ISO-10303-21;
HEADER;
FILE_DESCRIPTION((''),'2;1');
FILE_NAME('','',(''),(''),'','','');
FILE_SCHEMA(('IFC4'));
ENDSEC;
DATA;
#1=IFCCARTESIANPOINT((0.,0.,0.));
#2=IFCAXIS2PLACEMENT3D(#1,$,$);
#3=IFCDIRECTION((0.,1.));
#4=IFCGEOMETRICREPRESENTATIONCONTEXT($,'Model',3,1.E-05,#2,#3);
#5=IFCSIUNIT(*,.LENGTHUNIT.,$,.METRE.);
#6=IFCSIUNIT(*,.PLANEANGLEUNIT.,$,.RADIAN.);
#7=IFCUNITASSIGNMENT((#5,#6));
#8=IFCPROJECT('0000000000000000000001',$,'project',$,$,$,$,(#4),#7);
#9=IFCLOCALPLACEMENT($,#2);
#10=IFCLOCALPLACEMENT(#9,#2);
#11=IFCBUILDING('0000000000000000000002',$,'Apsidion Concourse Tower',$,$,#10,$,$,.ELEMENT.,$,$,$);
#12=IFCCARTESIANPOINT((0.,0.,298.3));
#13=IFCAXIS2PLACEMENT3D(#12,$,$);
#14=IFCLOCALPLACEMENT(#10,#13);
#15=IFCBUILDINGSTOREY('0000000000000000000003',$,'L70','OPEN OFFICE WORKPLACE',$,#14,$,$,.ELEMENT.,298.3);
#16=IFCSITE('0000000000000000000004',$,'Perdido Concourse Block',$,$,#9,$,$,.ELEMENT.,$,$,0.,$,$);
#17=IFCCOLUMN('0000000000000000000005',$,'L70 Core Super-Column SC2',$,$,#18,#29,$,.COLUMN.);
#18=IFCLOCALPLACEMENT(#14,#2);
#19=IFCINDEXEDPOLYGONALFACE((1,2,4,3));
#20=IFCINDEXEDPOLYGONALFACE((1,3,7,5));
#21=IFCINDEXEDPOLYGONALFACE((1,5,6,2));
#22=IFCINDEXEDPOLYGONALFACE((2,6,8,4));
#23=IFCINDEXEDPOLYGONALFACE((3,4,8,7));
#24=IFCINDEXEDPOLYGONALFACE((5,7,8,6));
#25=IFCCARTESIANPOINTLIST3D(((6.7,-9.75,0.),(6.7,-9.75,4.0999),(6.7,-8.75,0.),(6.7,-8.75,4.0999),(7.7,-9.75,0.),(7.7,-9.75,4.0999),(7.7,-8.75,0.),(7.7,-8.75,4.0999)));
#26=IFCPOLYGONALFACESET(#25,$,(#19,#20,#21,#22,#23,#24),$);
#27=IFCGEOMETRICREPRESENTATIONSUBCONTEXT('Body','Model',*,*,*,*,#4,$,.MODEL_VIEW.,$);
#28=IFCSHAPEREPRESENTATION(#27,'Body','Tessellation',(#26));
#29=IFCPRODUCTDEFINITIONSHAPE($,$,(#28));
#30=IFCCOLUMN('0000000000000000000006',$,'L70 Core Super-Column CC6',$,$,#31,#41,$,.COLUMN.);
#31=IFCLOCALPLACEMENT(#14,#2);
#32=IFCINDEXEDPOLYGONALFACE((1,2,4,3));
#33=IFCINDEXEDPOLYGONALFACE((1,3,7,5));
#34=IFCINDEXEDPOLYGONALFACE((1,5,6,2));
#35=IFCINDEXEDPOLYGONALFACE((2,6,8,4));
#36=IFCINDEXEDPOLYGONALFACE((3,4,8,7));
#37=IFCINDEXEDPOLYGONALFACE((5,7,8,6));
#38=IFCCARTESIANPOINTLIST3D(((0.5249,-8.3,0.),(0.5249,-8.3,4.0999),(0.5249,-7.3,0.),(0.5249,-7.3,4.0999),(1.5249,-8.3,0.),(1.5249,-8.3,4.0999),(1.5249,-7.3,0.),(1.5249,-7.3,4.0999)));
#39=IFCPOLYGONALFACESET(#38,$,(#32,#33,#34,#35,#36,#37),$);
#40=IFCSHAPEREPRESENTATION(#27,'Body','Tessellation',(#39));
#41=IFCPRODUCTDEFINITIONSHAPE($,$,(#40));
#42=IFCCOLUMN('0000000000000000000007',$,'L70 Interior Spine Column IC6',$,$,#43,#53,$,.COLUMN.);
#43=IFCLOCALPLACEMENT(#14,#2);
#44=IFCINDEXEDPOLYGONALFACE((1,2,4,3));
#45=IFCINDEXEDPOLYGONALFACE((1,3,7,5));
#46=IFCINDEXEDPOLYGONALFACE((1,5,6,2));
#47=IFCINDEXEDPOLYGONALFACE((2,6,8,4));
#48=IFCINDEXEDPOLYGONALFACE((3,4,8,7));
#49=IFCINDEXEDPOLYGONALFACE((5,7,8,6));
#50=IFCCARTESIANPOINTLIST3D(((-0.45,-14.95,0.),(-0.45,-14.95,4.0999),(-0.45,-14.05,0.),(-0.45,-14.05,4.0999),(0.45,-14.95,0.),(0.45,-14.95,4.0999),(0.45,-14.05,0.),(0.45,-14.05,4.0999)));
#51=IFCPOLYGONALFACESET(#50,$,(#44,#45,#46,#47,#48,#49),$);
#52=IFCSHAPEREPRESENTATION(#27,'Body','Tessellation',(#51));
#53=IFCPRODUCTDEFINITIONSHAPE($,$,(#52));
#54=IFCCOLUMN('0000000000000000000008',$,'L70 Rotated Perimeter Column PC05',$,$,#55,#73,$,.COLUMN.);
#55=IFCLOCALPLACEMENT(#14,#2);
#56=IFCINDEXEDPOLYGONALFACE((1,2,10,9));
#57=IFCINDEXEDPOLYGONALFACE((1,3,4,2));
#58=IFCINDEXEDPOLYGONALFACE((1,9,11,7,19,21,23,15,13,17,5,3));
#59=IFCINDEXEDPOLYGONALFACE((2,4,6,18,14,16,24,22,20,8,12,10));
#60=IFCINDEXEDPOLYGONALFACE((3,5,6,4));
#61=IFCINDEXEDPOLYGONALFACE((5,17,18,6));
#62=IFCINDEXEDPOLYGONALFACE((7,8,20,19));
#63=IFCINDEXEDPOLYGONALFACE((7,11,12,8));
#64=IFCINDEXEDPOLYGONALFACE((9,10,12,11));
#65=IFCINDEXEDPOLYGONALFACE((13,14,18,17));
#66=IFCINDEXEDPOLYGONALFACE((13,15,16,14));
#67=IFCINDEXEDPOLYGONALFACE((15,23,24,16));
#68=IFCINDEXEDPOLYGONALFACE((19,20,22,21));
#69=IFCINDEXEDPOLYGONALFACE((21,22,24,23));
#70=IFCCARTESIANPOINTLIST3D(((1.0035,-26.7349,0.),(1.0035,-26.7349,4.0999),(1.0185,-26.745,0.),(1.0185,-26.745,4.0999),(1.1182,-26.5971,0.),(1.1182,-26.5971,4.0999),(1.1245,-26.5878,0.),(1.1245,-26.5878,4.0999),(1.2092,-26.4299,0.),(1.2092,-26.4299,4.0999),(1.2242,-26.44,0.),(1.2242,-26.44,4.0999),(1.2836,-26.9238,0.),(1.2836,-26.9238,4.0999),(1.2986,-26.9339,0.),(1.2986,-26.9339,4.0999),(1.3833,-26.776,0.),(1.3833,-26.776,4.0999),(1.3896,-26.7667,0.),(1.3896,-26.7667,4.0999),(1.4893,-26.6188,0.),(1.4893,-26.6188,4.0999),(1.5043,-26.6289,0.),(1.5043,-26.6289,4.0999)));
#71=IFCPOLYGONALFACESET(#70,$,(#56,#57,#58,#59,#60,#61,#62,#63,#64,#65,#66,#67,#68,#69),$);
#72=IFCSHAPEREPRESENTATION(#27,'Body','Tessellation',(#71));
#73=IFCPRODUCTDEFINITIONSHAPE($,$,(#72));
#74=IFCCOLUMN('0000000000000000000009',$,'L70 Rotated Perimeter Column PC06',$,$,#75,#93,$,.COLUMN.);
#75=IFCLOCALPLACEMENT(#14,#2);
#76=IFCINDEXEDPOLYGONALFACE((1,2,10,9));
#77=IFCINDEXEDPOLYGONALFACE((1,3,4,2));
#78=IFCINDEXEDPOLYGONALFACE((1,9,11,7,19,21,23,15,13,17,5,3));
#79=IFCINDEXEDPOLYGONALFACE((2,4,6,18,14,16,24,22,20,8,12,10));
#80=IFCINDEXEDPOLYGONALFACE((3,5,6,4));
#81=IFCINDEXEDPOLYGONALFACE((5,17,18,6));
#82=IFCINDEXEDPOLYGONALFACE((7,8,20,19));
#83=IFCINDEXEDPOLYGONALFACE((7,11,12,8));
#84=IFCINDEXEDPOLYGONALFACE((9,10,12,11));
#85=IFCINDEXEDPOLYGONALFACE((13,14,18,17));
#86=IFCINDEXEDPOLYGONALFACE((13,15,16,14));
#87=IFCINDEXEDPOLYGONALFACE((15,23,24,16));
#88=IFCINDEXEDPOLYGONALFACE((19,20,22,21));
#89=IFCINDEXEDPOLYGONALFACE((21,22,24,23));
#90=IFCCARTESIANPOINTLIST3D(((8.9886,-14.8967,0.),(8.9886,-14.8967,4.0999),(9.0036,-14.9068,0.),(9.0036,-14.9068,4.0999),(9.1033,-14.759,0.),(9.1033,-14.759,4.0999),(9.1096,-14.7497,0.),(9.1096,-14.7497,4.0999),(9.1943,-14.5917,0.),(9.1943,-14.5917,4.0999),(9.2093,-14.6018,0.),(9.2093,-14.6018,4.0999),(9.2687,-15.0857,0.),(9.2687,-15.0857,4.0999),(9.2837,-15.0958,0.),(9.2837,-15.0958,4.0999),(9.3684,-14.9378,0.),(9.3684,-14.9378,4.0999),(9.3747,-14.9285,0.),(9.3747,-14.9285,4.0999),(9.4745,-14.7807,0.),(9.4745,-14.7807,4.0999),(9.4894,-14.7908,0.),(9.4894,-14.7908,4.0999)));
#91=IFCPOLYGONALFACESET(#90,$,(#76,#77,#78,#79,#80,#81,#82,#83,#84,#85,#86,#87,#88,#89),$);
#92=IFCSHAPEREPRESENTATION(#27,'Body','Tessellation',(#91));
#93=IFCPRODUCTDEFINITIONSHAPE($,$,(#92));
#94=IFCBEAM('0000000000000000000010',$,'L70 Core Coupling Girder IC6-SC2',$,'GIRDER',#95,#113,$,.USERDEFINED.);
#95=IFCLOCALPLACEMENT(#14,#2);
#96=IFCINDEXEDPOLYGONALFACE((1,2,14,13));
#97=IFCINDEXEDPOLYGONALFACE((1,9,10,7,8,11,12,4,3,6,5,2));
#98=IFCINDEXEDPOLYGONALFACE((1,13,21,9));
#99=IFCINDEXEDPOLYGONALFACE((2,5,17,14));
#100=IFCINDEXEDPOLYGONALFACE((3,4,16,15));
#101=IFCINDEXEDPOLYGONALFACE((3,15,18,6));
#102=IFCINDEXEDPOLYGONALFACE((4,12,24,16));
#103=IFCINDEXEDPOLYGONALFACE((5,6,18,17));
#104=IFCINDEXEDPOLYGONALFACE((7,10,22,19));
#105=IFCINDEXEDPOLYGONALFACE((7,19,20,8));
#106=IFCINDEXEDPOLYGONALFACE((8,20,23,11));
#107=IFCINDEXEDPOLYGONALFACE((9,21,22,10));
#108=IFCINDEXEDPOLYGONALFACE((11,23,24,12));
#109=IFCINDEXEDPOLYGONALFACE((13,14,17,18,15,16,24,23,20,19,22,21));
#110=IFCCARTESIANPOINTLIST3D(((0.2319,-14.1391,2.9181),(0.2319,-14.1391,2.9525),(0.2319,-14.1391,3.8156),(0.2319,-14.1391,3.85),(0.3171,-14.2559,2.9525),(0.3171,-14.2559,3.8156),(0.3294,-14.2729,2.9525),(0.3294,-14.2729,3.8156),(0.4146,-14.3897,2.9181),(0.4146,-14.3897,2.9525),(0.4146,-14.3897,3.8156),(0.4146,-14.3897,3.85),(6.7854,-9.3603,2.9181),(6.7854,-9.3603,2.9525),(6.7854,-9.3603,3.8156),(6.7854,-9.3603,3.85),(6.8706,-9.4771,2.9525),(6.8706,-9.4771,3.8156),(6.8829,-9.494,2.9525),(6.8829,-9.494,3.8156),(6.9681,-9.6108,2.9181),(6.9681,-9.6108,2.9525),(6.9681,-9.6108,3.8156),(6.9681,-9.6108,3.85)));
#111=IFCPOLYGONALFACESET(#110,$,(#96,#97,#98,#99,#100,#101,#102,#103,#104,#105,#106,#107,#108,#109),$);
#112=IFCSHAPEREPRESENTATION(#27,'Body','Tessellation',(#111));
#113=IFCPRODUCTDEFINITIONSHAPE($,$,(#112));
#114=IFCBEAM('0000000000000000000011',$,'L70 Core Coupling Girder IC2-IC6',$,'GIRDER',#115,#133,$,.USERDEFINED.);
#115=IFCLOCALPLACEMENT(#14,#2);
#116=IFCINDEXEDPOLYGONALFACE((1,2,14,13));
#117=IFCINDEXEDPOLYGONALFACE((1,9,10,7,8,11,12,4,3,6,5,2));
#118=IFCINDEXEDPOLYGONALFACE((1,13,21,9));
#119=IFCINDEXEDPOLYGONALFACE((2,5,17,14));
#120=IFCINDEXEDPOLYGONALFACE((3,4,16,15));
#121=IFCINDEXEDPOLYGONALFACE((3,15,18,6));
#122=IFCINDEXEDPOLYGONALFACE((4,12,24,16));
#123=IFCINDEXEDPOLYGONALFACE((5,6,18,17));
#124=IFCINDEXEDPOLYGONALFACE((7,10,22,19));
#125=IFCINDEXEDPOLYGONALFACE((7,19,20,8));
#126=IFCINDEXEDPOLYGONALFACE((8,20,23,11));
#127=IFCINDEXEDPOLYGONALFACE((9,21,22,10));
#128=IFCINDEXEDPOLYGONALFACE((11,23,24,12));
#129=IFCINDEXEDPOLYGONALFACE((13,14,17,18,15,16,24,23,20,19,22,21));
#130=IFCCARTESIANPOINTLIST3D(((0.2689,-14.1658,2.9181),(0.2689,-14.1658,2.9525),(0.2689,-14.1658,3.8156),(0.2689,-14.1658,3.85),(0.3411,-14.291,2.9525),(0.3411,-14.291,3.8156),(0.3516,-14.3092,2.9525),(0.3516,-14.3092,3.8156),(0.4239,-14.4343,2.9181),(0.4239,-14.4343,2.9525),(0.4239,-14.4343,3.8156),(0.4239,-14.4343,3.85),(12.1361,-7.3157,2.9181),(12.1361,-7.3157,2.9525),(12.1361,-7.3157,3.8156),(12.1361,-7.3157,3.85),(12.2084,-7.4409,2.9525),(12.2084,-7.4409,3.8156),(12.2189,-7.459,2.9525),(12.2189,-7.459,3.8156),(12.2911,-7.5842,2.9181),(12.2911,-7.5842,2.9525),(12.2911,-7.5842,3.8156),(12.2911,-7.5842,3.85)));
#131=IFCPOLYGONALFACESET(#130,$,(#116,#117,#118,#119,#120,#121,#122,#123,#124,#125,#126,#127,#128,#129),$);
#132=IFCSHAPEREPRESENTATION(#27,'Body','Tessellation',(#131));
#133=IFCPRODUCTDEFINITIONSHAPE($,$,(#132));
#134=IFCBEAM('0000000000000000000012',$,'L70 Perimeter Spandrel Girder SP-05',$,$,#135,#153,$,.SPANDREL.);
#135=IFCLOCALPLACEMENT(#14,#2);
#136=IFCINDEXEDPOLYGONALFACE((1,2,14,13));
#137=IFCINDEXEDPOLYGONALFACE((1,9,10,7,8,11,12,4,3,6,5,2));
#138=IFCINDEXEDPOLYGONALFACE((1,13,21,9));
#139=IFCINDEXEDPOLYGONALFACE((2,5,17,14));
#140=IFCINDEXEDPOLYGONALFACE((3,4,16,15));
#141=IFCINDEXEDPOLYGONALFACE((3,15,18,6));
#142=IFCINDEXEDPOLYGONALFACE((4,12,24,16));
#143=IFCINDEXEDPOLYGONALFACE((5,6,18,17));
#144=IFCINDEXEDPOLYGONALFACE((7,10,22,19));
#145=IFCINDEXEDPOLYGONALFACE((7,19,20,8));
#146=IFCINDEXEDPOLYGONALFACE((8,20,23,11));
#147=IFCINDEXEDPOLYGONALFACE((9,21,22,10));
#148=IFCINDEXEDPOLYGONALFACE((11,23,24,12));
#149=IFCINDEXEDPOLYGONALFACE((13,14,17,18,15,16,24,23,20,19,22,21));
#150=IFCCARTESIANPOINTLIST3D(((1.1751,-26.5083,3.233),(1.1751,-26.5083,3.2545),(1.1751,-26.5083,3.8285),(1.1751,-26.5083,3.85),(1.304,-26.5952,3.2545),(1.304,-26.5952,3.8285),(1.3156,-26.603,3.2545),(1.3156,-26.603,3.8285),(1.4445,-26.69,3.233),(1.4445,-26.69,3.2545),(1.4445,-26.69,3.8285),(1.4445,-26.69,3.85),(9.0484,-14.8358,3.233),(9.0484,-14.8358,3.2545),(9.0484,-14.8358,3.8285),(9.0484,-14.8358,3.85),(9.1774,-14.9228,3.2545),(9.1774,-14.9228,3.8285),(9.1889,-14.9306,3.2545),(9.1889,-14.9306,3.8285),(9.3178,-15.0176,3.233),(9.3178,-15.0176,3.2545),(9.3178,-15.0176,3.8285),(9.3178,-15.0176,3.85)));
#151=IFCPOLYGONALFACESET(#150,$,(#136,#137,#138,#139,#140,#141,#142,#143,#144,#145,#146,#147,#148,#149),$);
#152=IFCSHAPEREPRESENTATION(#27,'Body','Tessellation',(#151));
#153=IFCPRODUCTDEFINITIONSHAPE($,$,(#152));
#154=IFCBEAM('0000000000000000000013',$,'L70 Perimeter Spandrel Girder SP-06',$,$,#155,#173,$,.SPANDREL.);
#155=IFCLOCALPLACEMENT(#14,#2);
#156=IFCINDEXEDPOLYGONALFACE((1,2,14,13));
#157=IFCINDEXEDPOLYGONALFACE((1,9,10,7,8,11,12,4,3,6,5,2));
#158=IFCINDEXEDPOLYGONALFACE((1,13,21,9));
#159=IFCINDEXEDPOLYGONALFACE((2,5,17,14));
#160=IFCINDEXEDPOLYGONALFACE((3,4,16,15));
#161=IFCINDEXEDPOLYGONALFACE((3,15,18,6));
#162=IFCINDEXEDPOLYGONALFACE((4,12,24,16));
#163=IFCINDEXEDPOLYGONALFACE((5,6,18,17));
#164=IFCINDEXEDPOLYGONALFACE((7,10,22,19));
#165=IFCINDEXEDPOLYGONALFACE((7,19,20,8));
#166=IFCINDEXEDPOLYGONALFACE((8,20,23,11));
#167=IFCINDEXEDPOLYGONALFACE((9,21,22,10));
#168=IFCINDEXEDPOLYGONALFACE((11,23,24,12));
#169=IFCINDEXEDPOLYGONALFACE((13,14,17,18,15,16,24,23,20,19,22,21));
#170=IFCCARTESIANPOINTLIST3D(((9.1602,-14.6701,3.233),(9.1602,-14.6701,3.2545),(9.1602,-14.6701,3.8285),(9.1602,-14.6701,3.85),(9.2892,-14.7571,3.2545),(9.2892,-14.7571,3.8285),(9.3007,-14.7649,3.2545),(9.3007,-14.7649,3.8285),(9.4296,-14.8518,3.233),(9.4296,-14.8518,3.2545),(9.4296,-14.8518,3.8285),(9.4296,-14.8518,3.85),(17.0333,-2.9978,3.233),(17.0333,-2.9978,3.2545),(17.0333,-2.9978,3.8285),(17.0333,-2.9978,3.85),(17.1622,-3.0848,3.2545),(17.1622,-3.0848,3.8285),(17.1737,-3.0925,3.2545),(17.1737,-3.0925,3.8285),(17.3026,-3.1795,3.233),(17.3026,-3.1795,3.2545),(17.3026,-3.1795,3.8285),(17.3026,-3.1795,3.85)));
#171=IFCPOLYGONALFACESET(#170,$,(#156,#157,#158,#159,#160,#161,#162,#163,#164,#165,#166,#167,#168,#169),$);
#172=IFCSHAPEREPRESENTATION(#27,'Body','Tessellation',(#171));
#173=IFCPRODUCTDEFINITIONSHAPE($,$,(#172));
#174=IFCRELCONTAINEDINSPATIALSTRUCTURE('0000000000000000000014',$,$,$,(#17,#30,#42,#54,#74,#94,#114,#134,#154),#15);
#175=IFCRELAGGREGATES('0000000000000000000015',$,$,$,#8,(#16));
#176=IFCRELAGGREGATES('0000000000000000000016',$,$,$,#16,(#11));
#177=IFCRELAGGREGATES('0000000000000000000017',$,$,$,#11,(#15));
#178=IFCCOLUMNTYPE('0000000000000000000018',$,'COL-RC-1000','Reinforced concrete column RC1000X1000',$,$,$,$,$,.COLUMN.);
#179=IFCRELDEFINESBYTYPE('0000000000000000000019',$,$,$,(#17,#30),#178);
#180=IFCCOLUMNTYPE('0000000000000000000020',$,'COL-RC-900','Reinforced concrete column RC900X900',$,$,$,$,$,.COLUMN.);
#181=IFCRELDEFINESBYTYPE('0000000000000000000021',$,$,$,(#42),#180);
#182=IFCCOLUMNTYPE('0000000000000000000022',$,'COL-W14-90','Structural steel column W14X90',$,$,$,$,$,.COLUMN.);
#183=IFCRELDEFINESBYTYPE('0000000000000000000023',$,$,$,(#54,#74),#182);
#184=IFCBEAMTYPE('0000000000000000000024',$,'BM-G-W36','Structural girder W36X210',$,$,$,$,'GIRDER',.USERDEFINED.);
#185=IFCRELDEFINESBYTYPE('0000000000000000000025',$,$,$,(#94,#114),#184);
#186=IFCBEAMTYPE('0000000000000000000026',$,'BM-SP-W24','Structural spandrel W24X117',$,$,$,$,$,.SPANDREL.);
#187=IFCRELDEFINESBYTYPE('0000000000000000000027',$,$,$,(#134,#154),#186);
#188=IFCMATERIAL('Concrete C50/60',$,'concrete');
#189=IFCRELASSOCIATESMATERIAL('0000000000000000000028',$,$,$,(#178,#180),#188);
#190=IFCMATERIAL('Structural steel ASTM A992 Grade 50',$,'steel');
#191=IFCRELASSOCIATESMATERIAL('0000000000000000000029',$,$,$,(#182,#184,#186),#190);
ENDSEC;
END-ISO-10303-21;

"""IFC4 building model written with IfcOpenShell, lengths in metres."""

from ifc_helpers import new_model, si_unit, direction, frame, origin, origin_2d, place, context, subcontext, project, spatial, rectangle, i_section, extrude, material, material_profile, profile_set, type_object, element, save


model = new_model("IFC4")

# Units and contexts
model_context = context("Model", 3, precision=1e-05, world=origin(), true_north=direction((0.0, 1.0)))
body_context = subcontext(model_context, "Body", "Model", "MODEL_VIEW")
ifc_project = project(units=[si_unit("LENGTHUNIT", "METRE"), si_unit("PLANEANGLEUNIT", "RADIAN")], contexts=[model_context])

# Site, building, storey
site_placement = place(None, origin())
site = spatial("IfcSite", under=ifc_project, at=site_placement, Name="Perdido Concourse Block", CompositionType="ELEMENT", RefElevation=0.0)
building_placement = place(site_placement, origin())
building = spatial("IfcBuilding", under=site, at=building_placement, Name="Apsidion Concourse Tower", CompositionType="ELEMENT")
storey_placement = place(building_placement, frame((0.0, 0.0, 298.3)))
storey = spatial("IfcBuildingStorey", under=building, at=storey_placement, Name="L70", Description="OPEN OFFICE WORKPLACE", CompositionType="ELEMENT", Elevation=298.3)

# Columns
ifc_material_1 = material(Name="Concrete C50/60", Category="concrete")
ifc_material_profile_1 = material_profile(ifc_material_1, rectangle(XDim=1.0, YDim=1.0, at=origin_2d()), Name="RC 1000x1000")
ifc_profile_set_1 = profile_set([ifc_material_profile_1], Name="Concrete C50/60")
column_type_1 = type_object("IfcColumnType", Name="COL-RC-1000", Description="Reinforced concrete column RC1000X1000", PredefinedType="COLUMN", material=ifc_profile_set_1)
for number, where, z_axis, x_axis, name in (
    (1, (7.2, -9.25, 0.0), (0.0, 0.0, 1.0), (1.0, 0.0, 0.0), "L70 Core Super-Column SC2"),
    (2, (1.0249, -7.8, 0.0), (0.0, 0.0, 1.0), (1.0, 0.0, 0.0), "L70 Core Super-Column CC6"),
):
    element("IfcColumn", number, at=place(storey_placement, frame(where, z_axis=z_axis, x_axis=x_axis)), inside=storey, type_object=column_type_1, Name=name, PredefinedType="COLUMN", context=body_context, shape_type="SweptSolid", body=[
        extrude(rectangle(XDim=1.0, YDim=1.0, at=origin_2d()), origin(), (0.0, 0.0, 1.0), 4.0999),
    ])
ifc_material_profile_2 = material_profile(ifc_material_1, rectangle(XDim=0.8999, YDim=0.8999, at=origin_2d()), Name="RC 900x900")
ifc_profile_set_2 = profile_set([ifc_material_profile_2], Name="Concrete C50/60")
column_type_2 = type_object("IfcColumnType", Name="COL-RC-900", Description="Reinforced concrete column RC900X900", PredefinedType="COLUMN", material=ifc_profile_set_2)
column_placement = place(storey_placement, frame((0.0, -14.5, 0.0), z_axis=(0.0, 0.0, 1.0), x_axis=(1.0, 0.0, 0.0)))
element("IfcColumn", 3, at=column_placement, inside=storey, type_object=column_type_2, Name="L70 Interior Spine Column IC6", PredefinedType="COLUMN", context=body_context, shape_type="SweptSolid", body=[
    extrude(rectangle(XDim=0.8999, YDim=0.8999, at=origin_2d()), origin(), (0.0, 0.0, 1.0), 4.0999),
])
ifc_material_2 = material(Name="Structural steel ASTM A992 Grade 50", Category="steel")
ifc_material_profile_3 = material_profile(ifc_material_2, i_section(OverallWidth=0.3679, OverallDepth=0.356, WebThickness=0.0112, FlangeThickness=0.0181, at=origin_2d()), Name="W14X90")
ifc_profile_set_3 = profile_set([ifc_material_profile_3], Name="Structural steel ASTM A992 Grade 50")
column_type_3 = type_object("IfcColumnType", Name="COL-W14-90", Description="Structural steel column W14X90", PredefinedType="COLUMN", material=ifc_profile_set_3)
for number, where, z_axis, x_axis, name in (
    (4, (1.2539, -26.6819, 0.0), (0.0, 0.0, 1.0), (0.559193, 0.829038, 0.0), "L70 Rotated Perimeter Column PC05"),
    (5, (9.239, -14.8438, 0.0), (0.0, 0.0, 1.0), (0.559193, 0.829038, 0.0), "L70 Rotated Perimeter Column PC06"),
):
    element("IfcColumn", number, at=place(storey_placement, frame(where, z_axis=z_axis, x_axis=x_axis)), inside=storey, type_object=column_type_3, Name=name, PredefinedType="COLUMN", context=body_context, shape_type="SweptSolid", body=[
        extrude(i_section(OverallWidth=0.3679, OverallDepth=0.356, WebThickness=0.0112, FlangeThickness=0.0181, at=origin_2d()), origin(), (0.0, 0.0, 1.0), 4.0999),
    ])

# Beams
ifc_material_profile_4 = material_profile(ifc_material_2, i_section(OverallWidth=0.3101, OverallDepth=0.9319, WebThickness=0.021, FlangeThickness=0.0344, at=origin_2d()), Name="W36X210")
ifc_profile_set_4 = profile_set([ifc_material_profile_4], Name="Structural steel ASTM A992 Grade 50")
beam_type_1 = type_object("IfcBeamType", Name="BM-G-W36", Description="Structural girder W36X210", ElementType="GIRDER", PredefinedType="USERDEFINED", material=ifc_profile_set_4)
beam_1_placement = place(storey_placement, frame((0.3232, -14.2644, 3.384), z_axis=(0.807993, 0.589191, 0.0), x_axis=(-0.589191, 0.807993, 0.0)))
element("IfcBeam", 6, at=beam_1_placement, inside=storey, type_object=beam_type_1, Name="L70 Core Coupling Girder IC6-SC2", ObjectType="GIRDER", PredefinedType="USERDEFINED", context=body_context, shape_type="SweptSolid", body=[
    extrude(i_section(OverallWidth=0.3101, OverallDepth=0.9319, WebThickness=0.021, FlangeThickness=0.0344, at=origin_2d()), origin(), (0.0, 0.0, 1.0), 8.1108),
])
beam_2_placement = place(storey_placement, frame((12.2136, -7.45, 3.384), z_axis=(-0.86607, -0.499922, 0.0), x_axis=(0.499922, -0.86607, 0.0)))
element("IfcBeam", 7, at=beam_2_placement, inside=storey, type_object=beam_type_1, Name="L70 Core Coupling Girder IC2-IC6", ObjectType="GIRDER", PredefinedType="USERDEFINED", context=body_context, shape_type="SweptSolid", body=[
    extrude(i_section(OverallWidth=0.3101, OverallDepth=0.9319, WebThickness=0.021, FlangeThickness=0.0344, at=origin_2d()), origin(), (0.0, 0.0, 1.0), 13.7024),
])
ifc_material_profile_5 = material_profile(ifc_material_2, i_section(OverallWidth=0.325, OverallDepth=0.6169, WebThickness=0.0139, FlangeThickness=0.0215, at=origin_2d()), Name="W24X117")
ifc_profile_set_5 = profile_set([ifc_material_profile_5], Name="Structural steel ASTM A992 Grade 50")
beam_type_2 = type_object("IfcBeamType", Name="BM-SP-W24", Description="Structural spandrel W24X117", PredefinedType="SPANDREL", material=ifc_profile_set_5)
beam_3_placement = place(storey_placement, frame((1.3098, -26.5991, 3.5415), z_axis=(0.559202, 0.829032, 0.0), x_axis=(-0.829032, 0.559202, 0.0)))
element("IfcBeam", 8, at=beam_3_placement, inside=storey, type_object=beam_type_2, Name="L70 Perimeter Spandrel Girder SP-05", PredefinedType="SPANDREL", context=body_context, shape_type="SweptSolid", body=[
    extrude(i_section(OverallWidth=0.325, OverallDepth=0.6169, WebThickness=0.0139, FlangeThickness=0.0215, at=origin_2d()), origin(), (0.0, 0.0, 1.0), 14.0796),
])
beam_4_placement = place(storey_placement, frame((9.2949, -14.761, 3.5415), z_axis=(0.55919, 0.82904, 0.0), x_axis=(-0.82904, 0.55919, 0.0)))
element("IfcBeam", 9, at=beam_4_placement, inside=storey, type_object=beam_type_2, Name="L70 Perimeter Spandrel Girder SP-06", PredefinedType="SPANDREL", context=body_context, shape_type="SweptSolid", body=[
    extrude(i_section(OverallWidth=0.325, OverallDepth=0.6169, WebThickness=0.0139, FlangeThickness=0.0215, at=origin_2d()), origin(), (0.0, 0.0, 1.0), 14.0793),
])

save(model, "model.ifc")
